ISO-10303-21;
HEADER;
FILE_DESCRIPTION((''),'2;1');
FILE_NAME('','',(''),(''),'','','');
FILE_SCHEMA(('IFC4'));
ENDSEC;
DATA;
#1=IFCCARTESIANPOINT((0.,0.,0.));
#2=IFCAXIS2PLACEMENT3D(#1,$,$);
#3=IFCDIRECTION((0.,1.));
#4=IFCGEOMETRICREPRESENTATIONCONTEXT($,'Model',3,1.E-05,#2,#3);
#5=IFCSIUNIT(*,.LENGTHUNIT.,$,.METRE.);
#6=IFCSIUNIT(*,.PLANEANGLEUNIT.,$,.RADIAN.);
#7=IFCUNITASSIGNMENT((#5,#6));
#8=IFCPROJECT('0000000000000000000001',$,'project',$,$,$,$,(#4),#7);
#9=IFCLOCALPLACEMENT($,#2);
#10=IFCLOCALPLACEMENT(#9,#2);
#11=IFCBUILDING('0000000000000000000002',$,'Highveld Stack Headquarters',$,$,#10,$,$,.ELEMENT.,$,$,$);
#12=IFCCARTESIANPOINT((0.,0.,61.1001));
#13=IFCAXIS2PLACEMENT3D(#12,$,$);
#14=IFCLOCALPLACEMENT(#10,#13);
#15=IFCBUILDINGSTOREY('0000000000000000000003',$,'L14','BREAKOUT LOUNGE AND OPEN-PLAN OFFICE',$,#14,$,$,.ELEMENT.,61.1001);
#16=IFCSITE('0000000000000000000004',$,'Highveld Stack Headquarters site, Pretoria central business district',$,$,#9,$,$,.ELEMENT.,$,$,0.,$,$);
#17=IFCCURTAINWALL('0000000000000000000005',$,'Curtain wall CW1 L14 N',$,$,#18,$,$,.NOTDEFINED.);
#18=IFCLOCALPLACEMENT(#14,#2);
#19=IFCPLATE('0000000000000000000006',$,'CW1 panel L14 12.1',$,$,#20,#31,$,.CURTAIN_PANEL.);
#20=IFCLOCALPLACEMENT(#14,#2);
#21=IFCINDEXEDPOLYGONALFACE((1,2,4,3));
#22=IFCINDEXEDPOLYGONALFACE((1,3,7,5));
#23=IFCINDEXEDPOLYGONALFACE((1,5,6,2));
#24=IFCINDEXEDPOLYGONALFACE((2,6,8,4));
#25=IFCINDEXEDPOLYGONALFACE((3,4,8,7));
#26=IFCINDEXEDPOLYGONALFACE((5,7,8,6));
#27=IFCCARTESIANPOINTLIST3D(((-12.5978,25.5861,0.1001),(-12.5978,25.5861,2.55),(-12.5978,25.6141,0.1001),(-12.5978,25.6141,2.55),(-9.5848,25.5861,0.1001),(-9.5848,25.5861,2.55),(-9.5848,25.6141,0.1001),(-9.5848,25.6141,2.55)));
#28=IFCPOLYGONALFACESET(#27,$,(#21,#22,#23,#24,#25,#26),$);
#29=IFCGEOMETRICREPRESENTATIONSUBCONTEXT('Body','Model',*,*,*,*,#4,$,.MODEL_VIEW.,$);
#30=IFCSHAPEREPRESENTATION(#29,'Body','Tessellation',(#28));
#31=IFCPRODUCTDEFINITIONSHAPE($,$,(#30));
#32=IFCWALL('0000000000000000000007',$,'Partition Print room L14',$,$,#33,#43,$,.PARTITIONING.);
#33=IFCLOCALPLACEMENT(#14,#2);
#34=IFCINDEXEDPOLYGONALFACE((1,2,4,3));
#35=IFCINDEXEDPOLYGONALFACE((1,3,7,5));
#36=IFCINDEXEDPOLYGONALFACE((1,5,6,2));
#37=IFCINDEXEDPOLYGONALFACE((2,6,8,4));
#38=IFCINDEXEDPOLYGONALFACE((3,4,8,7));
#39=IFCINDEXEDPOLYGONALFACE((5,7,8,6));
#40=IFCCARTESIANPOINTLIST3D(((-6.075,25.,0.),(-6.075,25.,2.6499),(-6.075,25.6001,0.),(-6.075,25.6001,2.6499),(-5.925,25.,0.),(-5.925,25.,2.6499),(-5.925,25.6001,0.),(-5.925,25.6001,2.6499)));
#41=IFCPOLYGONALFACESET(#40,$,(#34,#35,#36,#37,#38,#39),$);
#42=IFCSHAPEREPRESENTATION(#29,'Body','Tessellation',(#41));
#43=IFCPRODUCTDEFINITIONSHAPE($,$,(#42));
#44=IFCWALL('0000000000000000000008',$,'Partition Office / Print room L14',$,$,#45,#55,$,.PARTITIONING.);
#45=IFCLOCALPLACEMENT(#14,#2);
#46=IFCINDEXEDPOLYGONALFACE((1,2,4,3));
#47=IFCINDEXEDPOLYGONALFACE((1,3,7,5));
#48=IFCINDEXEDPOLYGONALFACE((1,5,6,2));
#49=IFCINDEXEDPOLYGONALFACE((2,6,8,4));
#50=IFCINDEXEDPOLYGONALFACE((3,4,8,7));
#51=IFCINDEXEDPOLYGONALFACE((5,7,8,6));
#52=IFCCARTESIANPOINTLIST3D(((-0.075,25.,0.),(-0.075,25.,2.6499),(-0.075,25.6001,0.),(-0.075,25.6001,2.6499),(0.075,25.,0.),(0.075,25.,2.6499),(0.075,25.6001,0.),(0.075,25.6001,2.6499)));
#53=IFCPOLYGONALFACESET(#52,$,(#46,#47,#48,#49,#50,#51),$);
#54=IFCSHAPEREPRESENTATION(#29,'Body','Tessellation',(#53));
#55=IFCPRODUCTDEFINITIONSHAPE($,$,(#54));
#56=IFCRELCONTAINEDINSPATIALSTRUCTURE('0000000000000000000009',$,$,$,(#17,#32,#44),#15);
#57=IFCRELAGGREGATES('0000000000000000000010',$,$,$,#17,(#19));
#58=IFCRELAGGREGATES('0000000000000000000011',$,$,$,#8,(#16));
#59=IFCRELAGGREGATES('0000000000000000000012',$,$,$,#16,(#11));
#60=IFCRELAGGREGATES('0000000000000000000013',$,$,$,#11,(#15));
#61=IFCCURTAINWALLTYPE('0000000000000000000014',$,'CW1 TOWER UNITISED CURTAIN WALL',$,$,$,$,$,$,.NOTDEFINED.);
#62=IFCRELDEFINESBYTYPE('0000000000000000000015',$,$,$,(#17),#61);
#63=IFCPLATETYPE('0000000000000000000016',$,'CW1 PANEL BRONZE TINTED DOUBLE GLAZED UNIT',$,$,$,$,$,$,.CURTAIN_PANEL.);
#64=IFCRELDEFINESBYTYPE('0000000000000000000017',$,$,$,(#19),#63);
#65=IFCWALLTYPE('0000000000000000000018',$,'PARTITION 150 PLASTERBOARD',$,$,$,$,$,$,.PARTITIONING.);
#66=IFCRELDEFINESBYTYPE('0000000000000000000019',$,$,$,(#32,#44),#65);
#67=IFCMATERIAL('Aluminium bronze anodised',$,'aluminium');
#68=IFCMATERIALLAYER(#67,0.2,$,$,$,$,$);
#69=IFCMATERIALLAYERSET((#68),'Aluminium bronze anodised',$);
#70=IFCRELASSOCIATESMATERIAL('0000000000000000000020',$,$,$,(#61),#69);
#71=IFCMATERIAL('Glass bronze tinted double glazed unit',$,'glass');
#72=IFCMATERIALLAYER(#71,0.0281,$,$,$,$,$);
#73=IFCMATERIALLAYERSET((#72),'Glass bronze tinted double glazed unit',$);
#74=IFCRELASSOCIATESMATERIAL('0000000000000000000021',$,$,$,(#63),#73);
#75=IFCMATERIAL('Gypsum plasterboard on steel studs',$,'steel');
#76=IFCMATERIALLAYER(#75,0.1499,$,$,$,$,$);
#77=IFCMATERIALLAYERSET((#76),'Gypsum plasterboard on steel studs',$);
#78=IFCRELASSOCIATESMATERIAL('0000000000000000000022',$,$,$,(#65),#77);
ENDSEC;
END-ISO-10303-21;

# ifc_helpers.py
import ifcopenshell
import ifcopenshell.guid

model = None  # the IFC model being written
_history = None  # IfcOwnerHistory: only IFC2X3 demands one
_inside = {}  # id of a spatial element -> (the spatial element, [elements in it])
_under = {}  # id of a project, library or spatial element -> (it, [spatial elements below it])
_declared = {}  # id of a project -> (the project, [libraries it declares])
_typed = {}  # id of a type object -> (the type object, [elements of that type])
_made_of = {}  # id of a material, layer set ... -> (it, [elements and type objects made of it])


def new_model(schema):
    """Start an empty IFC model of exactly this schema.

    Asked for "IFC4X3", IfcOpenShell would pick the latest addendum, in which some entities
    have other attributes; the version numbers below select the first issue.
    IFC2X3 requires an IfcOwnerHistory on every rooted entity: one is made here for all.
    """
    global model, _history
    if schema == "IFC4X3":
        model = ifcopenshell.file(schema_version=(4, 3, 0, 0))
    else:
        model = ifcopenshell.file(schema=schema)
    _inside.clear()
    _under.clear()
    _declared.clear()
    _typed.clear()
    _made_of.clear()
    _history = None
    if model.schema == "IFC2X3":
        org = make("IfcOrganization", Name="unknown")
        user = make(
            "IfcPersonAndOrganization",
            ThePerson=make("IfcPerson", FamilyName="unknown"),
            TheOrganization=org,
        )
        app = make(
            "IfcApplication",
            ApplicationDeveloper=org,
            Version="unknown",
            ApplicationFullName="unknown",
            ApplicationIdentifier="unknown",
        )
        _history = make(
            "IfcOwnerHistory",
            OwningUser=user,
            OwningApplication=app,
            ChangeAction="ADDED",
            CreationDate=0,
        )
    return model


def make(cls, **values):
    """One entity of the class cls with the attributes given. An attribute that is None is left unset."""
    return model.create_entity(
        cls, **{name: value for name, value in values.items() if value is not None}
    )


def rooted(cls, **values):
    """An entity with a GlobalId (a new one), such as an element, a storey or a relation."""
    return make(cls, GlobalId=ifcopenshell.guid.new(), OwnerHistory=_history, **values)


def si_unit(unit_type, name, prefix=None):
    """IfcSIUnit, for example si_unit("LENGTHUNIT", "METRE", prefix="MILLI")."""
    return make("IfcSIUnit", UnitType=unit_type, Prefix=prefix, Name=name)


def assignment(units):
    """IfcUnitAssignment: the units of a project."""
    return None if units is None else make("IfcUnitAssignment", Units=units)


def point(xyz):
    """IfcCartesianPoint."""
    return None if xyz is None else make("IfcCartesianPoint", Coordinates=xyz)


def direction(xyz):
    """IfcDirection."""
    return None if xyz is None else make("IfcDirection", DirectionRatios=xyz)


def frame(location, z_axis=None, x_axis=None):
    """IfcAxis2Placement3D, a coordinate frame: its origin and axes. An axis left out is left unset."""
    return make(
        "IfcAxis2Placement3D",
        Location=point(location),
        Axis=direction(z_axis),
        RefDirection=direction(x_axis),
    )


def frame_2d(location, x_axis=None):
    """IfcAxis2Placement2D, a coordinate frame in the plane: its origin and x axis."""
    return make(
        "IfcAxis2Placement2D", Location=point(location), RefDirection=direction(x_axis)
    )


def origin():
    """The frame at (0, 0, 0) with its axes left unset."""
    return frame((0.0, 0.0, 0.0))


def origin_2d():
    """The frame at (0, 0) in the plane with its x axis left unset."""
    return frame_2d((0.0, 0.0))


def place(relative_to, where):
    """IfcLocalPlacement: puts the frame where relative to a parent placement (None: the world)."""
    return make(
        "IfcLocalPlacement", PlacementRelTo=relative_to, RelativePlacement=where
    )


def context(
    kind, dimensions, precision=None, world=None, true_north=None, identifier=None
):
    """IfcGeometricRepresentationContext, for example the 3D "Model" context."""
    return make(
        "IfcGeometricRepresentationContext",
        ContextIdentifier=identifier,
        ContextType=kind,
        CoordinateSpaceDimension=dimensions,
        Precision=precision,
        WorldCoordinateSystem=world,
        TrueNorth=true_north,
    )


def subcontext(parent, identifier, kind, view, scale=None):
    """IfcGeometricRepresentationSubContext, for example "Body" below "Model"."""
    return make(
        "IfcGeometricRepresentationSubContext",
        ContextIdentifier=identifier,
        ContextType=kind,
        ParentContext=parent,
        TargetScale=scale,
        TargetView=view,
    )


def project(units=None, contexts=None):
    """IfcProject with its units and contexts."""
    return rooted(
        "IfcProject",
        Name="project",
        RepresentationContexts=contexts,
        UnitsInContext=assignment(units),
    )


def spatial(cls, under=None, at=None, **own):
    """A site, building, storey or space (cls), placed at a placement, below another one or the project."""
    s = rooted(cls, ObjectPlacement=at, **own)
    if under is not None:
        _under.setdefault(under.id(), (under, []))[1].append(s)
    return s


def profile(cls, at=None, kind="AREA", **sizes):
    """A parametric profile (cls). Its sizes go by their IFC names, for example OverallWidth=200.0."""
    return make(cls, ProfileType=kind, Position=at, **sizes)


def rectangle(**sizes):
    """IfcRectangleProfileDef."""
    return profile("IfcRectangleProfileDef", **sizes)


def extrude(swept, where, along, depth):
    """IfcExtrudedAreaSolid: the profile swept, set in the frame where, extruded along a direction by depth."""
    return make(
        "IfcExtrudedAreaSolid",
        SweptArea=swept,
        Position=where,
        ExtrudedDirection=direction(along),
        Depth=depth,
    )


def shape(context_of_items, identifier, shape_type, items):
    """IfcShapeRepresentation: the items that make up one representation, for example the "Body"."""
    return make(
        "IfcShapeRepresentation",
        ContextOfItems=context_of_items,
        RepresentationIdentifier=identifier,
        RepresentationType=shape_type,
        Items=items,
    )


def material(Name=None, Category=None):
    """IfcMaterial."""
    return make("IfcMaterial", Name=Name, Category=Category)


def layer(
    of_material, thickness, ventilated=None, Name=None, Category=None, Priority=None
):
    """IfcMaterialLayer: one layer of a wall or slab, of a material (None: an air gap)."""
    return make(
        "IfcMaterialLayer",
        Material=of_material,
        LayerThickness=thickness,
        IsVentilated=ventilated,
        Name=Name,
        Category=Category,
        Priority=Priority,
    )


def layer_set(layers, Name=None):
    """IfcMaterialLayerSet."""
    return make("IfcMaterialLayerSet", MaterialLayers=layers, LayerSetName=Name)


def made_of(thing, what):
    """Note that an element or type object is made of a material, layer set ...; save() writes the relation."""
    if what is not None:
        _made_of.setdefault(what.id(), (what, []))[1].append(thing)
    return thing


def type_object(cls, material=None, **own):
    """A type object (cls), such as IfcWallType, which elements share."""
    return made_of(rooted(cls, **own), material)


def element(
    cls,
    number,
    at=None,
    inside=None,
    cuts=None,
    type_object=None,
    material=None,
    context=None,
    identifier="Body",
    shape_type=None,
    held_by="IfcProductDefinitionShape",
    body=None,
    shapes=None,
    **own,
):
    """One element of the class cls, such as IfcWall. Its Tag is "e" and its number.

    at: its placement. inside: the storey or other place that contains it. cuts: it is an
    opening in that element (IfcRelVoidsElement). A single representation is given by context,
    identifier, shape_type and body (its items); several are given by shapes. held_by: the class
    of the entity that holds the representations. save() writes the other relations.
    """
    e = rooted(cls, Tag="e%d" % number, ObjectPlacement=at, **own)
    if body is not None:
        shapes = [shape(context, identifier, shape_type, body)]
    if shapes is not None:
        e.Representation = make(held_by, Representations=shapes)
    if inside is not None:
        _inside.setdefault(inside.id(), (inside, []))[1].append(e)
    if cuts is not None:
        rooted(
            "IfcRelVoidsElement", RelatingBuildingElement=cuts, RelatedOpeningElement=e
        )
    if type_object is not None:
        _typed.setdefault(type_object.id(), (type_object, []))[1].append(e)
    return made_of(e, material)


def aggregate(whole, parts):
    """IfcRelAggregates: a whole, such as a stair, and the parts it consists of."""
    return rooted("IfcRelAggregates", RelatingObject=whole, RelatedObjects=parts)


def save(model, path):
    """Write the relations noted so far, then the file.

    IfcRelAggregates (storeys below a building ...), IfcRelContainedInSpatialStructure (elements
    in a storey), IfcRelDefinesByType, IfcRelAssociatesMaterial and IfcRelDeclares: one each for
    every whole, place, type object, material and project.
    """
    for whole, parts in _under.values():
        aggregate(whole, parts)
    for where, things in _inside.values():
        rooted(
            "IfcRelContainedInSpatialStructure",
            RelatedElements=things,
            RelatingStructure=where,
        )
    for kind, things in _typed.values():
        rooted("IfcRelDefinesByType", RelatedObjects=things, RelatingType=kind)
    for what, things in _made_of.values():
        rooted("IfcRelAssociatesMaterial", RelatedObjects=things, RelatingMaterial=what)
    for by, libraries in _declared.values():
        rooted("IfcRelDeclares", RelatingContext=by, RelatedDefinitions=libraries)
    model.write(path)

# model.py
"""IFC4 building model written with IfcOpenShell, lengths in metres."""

from ifc_helpers import new_model, si_unit, direction, frame, frame_2d, origin, origin_2d, place, context, subcontext, project, spatial, rectangle, extrude, material, layer, layer_set, type_object, element, aggregate, save


model = new_model("IFC4")

# Units and contexts
model_context = context("Model", 3, precision=1e-05, world=origin(), true_north=direction((0.0, 1.0)))
body_context = subcontext(model_context, "Body", "Model", "MODEL_VIEW")
ifc_project = project(units=[si_unit("LENGTHUNIT", "METRE"), si_unit("PLANEANGLEUNIT", "RADIAN")], contexts=[model_context])

# Site, building, storey
site_placement = place(None, origin())
site = spatial("IfcSite", under=ifc_project, at=site_placement, Name="Highveld Stack Headquarters site, Pretoria central business district", CompositionType="ELEMENT", RefElevation=0.0)
building_placement = place(site_placement, origin())
building = spatial("IfcBuilding", under=site, at=building_placement, Name="Highveld Stack Headquarters", CompositionType="ELEMENT")
storey_placement = place(building_placement, frame((0.0, 0.0, 61.1001)))
storey = spatial("IfcBuildingStorey", under=building, at=storey_placement, Name="L14", Description="BREAKOUT LOUNGE AND OPEN-PLAN OFFICE", CompositionType="ELEMENT", Elevation=61.1001)

# Curtain wall, plate
ifc_material_1 = material(Name="Aluminium bronze anodised", Category="aluminium")
ifc_layer_1 = layer(ifc_material_1, 0.2)
ifc_layer_set_1 = layer_set([ifc_layer_1], Name="Aluminium bronze anodised")
curtain_wall_type = type_object("IfcCurtainWallType", Name="CW1 TOWER UNITISED CURTAIN WALL", PredefinedType="NOTDEFINED", material=ifc_layer_set_1)
curtain_wall_placement = place(storey_placement, origin())
curtain_wall = element("IfcCurtainWall", 1, at=curtain_wall_placement, inside=storey, type_object=curtain_wall_type, Name="Curtain wall CW1 L14 N", PredefinedType="NOTDEFINED")
ifc_material_2 = material(Name="Glass bronze tinted double glazed unit", Category="glass")
ifc_layer_2 = layer(ifc_material_2, 0.0281)
ifc_layer_set_2 = layer_set([ifc_layer_2], Name="Glass bronze tinted double glazed unit")
plate_type = type_object("IfcPlateType", Name="CW1 PANEL BRONZE TINTED DOUBLE GLAZED UNIT", PredefinedType="CURTAIN_PANEL", material=ifc_layer_set_2)
plate_1_placement = place(storey_placement, frame((-11.0913, 25.6001, 0.1001), z_axis=(0.0, 0.0, 1.0), x_axis=(-1.0, 0.0, 0.0)))
plate_1 = element("IfcPlate", 2, at=plate_1_placement, type_object=plate_type, Name="CW1 panel L14 12.1", PredefinedType="CURTAIN_PANEL", context=body_context, shape_type="SweptSolid", body=[
    extrude(rectangle(XDim=3.0129, YDim=0.0281, at=origin_2d()), origin(), (0.0, 0.0, 1.0), 2.45),
])
aggregate(curtain_wall, [plate_1])

# Walls
ifc_material_3 = material(Name="Gypsum plasterboard on steel studs", Category="steel")
ifc_layer_3 = layer(ifc_material_3, 0.1499)
ifc_layer_set_3 = layer_set([ifc_layer_3], Name="Gypsum plasterboard on steel studs")
wall_type = type_object("IfcWallType", Name="PARTITION 150 PLASTERBOARD", PredefinedType="PARTITIONING", material=ifc_layer_set_3)
for number, where, z_axis, x_axis, name in (
    (3, (-6.0, 25.0, 0.0), (0.0, 0.0, 1.0), (0.0, 1.0, 0.0), "Partition Print room L14"),
    (4, (0.0, 25.0, 0.0), (0.0, 0.0, 1.0), (0.0, 1.0, 0.0), "Partition Office / Print room L14"),
):
    element("IfcWall", number, at=place(storey_placement, frame(where, z_axis=z_axis, x_axis=x_axis)), inside=storey, type_object=wall_type, Name=name, PredefinedType="PARTITIONING", context=body_context, shape_type="SweptSolid", body=[
        extrude(rectangle(XDim=0.6001, YDim=0.1499, at=frame_2d((0.3, 0.0))), origin(), (0.0, 0.0, 1.0), 2.6499),
    ])

save(model, "model.ifc")
